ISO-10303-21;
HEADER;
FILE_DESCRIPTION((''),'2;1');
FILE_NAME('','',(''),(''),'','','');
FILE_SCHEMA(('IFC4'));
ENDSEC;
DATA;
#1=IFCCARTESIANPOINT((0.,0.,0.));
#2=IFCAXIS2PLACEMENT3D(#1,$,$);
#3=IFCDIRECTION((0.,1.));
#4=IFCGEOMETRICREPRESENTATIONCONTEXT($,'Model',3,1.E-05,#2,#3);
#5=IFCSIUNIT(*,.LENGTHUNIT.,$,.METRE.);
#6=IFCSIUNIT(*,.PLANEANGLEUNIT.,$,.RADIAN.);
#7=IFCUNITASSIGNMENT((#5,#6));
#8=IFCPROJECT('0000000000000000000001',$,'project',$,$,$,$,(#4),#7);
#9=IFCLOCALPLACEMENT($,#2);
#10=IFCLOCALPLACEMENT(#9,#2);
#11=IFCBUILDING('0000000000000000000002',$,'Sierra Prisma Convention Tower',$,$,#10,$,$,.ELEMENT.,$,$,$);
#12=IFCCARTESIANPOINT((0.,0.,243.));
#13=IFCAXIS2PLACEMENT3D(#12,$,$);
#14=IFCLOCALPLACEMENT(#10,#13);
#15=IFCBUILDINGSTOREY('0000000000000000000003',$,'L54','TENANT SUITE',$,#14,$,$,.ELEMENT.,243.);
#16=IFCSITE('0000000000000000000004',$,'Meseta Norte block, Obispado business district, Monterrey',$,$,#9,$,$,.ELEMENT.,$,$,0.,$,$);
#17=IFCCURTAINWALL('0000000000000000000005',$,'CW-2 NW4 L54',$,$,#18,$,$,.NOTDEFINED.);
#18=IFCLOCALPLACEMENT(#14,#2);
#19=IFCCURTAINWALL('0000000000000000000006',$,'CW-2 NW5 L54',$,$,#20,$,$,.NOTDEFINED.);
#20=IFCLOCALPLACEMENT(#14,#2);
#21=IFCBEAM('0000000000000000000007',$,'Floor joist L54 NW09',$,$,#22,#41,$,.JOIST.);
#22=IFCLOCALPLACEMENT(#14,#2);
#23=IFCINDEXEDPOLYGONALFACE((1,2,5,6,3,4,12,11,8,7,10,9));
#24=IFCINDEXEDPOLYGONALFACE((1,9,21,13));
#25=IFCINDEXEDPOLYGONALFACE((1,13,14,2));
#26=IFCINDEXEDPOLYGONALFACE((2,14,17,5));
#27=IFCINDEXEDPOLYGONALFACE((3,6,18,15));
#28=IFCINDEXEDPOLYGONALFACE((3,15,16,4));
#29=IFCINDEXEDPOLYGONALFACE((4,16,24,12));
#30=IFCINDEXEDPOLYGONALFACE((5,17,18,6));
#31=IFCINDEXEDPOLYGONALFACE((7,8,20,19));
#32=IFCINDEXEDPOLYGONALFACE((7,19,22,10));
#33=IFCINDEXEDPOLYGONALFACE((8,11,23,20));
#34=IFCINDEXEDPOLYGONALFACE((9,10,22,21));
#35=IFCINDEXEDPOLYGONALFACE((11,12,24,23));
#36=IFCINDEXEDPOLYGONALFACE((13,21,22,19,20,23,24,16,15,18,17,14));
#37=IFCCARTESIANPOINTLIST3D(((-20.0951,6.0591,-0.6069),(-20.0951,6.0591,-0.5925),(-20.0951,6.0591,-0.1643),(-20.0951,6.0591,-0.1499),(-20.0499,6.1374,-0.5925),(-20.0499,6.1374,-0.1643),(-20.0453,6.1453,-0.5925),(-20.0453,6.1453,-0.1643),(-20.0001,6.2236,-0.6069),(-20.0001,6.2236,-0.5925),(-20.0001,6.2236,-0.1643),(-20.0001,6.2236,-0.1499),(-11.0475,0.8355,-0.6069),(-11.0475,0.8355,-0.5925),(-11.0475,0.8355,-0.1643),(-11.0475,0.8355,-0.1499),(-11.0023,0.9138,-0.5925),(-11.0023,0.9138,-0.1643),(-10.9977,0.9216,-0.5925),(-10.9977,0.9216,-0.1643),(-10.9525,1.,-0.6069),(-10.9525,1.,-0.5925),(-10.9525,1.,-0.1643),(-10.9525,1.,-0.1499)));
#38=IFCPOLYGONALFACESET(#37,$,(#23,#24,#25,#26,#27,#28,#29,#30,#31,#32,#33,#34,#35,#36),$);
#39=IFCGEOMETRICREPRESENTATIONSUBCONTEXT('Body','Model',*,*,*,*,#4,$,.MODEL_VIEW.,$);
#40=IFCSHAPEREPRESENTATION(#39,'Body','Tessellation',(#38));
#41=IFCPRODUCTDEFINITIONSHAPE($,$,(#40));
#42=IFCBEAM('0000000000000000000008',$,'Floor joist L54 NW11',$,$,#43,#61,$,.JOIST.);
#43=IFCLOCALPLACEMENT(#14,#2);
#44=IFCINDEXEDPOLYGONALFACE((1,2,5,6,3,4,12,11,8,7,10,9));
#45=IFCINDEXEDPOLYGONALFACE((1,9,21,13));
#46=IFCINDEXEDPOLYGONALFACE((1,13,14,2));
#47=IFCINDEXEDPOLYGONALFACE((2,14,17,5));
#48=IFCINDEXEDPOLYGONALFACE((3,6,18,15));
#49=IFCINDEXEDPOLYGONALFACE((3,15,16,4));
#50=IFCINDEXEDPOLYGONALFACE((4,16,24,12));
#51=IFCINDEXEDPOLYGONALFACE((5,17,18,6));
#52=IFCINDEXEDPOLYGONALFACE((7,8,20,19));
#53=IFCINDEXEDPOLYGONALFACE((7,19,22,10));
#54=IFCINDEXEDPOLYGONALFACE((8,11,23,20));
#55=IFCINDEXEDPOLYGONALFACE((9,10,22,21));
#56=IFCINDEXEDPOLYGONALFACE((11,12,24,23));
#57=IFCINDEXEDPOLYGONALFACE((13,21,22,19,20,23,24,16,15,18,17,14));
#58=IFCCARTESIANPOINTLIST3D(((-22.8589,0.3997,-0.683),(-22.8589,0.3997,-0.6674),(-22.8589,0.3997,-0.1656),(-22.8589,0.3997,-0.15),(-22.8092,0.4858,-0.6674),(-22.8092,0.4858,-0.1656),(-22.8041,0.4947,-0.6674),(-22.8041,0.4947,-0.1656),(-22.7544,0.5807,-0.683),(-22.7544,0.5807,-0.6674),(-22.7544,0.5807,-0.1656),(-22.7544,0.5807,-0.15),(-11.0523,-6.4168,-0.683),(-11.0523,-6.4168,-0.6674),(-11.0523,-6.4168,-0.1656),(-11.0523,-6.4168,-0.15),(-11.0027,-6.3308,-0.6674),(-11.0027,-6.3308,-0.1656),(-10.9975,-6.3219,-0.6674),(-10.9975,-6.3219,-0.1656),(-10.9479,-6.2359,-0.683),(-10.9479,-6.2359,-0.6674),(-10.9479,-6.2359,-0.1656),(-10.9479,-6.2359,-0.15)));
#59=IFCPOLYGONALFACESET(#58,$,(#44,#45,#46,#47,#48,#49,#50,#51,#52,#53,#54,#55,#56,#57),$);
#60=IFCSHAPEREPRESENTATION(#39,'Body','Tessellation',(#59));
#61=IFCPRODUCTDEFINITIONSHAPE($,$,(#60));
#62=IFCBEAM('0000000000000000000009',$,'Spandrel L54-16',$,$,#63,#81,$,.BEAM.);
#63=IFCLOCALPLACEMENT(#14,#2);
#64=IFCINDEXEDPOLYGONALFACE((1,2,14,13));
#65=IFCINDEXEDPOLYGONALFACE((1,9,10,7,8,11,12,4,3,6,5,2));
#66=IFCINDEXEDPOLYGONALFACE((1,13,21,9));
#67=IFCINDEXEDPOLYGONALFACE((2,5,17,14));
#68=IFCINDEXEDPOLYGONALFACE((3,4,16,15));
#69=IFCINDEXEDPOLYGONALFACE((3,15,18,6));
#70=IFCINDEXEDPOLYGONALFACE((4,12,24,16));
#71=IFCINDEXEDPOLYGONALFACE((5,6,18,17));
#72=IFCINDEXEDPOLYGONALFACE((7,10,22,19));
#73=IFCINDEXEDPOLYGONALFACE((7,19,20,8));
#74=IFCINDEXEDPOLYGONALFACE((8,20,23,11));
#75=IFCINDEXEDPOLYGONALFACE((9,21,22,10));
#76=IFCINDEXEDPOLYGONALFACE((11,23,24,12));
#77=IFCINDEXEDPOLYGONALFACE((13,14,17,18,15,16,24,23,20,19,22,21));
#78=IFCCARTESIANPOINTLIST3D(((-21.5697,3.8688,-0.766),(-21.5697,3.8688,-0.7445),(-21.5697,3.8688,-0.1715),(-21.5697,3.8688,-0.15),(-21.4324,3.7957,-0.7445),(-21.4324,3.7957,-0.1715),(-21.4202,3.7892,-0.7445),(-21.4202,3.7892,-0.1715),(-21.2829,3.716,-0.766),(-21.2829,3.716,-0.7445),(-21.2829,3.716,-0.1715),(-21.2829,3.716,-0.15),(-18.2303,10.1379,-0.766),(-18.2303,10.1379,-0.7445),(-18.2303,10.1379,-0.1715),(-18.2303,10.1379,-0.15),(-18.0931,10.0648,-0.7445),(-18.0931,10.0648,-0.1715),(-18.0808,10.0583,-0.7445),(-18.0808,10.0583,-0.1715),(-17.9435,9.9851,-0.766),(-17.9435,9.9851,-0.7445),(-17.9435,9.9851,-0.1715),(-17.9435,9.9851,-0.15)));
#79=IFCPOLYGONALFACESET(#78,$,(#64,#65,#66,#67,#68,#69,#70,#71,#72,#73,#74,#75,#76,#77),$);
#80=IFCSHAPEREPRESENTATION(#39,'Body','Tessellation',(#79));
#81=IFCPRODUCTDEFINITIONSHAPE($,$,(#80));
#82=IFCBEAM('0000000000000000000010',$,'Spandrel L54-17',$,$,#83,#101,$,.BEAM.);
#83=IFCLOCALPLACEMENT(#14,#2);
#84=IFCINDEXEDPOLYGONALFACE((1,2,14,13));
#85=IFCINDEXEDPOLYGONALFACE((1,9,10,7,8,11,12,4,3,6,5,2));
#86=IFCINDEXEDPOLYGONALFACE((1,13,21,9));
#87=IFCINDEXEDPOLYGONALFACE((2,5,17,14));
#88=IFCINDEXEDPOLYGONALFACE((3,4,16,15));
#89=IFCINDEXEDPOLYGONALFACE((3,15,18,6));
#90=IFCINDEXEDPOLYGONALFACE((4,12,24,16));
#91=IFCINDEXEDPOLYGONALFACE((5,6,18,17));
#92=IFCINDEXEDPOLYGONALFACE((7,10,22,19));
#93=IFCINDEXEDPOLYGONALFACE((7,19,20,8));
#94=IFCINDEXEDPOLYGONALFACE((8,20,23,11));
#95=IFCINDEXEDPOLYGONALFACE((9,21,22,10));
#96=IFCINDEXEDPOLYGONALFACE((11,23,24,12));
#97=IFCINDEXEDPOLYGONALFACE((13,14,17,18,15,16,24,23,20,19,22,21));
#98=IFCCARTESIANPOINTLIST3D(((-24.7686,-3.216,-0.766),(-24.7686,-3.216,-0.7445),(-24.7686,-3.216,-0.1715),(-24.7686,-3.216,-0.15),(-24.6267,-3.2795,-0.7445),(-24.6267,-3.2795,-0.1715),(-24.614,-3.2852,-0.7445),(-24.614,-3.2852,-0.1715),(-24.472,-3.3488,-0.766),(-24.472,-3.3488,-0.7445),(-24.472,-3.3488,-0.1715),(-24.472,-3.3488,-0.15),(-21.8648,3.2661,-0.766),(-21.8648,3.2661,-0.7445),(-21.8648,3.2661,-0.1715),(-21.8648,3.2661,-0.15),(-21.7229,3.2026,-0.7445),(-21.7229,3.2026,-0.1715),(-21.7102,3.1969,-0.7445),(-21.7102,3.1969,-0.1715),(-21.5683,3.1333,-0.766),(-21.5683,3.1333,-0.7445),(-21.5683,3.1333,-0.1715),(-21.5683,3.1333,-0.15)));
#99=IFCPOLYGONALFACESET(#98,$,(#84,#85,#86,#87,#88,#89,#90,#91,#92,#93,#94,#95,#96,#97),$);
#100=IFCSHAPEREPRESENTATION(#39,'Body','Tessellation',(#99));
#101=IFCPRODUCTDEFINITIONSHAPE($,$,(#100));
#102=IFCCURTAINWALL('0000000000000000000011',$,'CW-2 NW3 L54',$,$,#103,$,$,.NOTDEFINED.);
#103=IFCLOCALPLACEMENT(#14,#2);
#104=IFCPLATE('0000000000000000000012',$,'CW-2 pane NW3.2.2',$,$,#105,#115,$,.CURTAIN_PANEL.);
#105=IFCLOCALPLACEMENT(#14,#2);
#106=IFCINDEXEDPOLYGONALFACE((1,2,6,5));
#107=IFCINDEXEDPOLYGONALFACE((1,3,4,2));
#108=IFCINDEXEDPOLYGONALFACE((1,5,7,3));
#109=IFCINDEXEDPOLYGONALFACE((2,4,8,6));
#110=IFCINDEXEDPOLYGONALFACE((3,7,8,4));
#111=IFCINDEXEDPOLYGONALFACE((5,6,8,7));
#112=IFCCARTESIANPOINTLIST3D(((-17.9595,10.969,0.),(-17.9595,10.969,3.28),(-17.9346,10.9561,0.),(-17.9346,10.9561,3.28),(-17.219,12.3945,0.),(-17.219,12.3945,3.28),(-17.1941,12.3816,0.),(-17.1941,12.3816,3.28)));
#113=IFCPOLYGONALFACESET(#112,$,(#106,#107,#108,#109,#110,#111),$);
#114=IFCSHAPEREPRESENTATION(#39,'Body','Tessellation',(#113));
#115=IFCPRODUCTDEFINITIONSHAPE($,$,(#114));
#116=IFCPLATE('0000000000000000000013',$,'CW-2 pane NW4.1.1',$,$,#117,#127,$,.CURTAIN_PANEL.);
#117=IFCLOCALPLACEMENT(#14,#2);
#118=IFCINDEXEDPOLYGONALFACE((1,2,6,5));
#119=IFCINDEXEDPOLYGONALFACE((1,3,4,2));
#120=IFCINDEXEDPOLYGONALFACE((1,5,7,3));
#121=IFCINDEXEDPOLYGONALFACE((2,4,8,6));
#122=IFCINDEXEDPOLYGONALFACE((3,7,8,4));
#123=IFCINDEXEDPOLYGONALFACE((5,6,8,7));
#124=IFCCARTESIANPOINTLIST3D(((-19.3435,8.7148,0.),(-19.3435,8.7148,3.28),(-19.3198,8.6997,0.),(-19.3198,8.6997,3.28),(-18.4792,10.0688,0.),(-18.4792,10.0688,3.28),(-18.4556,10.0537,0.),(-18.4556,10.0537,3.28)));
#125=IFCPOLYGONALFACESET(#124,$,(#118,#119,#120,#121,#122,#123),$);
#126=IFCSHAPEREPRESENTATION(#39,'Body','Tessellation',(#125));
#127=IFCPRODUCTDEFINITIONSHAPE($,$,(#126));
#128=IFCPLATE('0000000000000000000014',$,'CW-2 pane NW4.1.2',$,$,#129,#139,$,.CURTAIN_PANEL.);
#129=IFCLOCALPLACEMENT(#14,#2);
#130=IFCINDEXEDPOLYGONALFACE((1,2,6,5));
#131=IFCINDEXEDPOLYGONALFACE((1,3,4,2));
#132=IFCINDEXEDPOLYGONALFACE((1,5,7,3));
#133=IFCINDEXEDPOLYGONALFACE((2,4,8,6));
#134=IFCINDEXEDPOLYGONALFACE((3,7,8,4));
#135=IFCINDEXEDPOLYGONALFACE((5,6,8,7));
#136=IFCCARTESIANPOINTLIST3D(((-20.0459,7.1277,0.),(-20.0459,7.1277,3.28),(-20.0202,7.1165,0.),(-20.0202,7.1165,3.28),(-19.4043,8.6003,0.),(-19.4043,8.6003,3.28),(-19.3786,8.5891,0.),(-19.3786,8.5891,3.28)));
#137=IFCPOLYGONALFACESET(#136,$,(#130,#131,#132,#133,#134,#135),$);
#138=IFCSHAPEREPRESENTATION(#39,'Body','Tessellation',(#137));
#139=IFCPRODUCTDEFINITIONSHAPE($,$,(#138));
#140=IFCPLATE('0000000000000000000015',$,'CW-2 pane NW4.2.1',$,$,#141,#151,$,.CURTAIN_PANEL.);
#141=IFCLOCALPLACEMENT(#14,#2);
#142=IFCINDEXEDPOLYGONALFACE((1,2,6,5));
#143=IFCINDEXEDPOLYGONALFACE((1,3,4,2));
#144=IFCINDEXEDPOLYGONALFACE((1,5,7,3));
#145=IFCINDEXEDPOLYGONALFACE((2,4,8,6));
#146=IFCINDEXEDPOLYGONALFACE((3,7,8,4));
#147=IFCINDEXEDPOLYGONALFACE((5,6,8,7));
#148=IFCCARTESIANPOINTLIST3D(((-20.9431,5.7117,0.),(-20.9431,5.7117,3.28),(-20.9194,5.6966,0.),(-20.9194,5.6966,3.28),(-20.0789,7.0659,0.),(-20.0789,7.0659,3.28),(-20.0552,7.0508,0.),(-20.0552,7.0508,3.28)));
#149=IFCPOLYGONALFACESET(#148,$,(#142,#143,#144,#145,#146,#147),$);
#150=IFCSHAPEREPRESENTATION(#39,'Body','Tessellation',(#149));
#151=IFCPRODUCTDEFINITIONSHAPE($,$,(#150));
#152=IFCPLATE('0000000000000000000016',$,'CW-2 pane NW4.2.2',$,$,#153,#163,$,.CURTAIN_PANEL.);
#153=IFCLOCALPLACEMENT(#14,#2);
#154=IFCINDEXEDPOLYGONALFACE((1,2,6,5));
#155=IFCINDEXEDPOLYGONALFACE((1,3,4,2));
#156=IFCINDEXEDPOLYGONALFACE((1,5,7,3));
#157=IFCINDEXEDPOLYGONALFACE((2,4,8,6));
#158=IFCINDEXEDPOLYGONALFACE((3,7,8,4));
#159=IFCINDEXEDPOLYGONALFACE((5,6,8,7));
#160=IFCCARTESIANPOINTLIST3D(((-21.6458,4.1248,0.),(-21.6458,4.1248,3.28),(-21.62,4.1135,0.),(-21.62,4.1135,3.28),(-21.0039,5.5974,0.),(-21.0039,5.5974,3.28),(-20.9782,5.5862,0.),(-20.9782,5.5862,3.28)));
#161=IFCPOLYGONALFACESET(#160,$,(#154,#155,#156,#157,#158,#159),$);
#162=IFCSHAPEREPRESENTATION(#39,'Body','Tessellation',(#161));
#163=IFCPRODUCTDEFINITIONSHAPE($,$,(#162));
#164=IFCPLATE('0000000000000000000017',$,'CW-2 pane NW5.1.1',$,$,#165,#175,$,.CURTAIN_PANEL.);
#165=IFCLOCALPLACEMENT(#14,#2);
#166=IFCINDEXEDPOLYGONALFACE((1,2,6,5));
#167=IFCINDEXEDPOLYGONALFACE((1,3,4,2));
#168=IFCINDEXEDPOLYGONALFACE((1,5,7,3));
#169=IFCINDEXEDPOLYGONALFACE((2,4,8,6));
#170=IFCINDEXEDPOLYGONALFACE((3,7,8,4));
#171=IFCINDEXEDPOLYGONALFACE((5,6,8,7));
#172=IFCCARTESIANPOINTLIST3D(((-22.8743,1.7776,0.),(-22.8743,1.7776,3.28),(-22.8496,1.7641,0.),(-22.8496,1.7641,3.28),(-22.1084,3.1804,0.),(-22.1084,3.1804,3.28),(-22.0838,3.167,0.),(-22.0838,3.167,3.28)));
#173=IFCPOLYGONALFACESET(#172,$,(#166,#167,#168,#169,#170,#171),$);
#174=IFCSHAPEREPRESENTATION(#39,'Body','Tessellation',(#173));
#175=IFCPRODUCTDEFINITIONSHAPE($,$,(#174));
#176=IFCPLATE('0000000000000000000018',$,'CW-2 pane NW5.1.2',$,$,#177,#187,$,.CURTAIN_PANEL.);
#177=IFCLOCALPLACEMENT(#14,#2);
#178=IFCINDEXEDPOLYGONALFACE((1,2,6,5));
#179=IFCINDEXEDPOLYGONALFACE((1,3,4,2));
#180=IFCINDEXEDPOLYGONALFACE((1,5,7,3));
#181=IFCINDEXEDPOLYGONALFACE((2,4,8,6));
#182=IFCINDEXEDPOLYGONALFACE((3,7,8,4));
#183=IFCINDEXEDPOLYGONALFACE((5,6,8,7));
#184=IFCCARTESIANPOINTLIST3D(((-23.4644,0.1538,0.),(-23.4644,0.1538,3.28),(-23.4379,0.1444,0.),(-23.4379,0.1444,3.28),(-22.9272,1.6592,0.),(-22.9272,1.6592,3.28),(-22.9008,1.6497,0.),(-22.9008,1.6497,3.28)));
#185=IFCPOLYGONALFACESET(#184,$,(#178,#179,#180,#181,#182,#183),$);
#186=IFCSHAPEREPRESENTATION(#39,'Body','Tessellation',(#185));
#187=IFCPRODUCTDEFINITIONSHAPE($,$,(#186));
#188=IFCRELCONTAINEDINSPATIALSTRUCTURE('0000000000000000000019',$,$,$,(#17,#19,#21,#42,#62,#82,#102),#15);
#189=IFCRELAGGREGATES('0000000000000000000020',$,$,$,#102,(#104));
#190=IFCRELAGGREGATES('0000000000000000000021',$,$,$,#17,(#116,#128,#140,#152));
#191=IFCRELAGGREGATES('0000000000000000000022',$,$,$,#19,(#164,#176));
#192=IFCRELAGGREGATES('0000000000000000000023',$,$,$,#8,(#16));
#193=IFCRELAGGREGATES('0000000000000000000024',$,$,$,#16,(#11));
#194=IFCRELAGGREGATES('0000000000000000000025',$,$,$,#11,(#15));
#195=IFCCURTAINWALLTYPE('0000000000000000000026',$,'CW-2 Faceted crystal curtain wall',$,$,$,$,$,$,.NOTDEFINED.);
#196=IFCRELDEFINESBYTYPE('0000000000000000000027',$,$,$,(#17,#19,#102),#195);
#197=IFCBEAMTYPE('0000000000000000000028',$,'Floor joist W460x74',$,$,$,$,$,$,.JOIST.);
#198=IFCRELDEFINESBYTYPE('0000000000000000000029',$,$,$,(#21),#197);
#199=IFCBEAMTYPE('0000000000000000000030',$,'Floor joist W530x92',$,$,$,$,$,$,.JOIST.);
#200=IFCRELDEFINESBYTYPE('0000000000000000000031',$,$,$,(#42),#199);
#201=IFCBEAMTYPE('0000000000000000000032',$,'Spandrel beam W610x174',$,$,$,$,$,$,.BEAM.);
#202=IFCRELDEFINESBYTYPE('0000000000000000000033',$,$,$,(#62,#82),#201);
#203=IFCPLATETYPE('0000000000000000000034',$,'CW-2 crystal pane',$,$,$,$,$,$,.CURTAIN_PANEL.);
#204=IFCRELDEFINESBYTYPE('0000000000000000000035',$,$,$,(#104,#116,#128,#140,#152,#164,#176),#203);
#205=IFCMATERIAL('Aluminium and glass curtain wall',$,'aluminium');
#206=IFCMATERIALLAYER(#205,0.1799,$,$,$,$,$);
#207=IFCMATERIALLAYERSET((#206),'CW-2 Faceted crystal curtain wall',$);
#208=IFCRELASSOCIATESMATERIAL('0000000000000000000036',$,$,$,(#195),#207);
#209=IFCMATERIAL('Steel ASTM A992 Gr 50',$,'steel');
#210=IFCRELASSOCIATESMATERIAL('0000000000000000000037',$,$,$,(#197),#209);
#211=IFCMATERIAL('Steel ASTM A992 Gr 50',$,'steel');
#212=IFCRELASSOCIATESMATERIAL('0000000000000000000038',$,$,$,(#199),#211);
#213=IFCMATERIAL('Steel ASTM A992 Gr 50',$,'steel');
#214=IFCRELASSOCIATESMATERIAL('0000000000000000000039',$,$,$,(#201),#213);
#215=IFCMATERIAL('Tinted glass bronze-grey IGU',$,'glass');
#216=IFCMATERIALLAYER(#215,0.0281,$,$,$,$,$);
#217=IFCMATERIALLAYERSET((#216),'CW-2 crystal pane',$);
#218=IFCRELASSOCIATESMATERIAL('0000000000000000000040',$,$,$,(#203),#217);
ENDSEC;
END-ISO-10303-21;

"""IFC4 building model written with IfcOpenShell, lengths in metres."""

from ifc_helpers import new_model, si_unit, direction, frame, origin, origin_2d, place, context, subcontext, project, spatial, polyline, i_section, outline, extrude, material, layer, layer_set, material_profile, profile_set, type_object, element, aggregate, save


model = new_model("IFC4")

# Units and contexts
model_context = context("Model", 3, precision=1e-05, world=origin(), true_north=direction((0.0, 1.0)))
body_context = subcontext(model_context, "Body", "Model", "MODEL_VIEW")
ifc_project = project(units=[si_unit("LENGTHUNIT", "METRE"), si_unit("PLANEANGLEUNIT", "RADIAN")], contexts=[model_context])

# Site, building, storey
site_placement = place(None, origin())
site = spatial("IfcSite", under=ifc_project, at=site_placement, Name="Meseta Norte block, Obispado business district, Monterrey", CompositionType="ELEMENT", RefElevation=0.0)
building_placement = place(site_placement, origin())
building = spatial("IfcBuilding", under=site, at=building_placement, Name="Sierra Prisma Convention Tower", CompositionType="ELEMENT")
storey_placement = place(building_placement, frame((0.0, 0.0, 243.0)))
storey = spatial("IfcBuildingStorey", under=building, at=storey_placement, Name="L54", Description="TENANT SUITE", CompositionType="ELEMENT", Elevation=243.0)

# Curtain walls
ifc_material_1 = material(Name="Aluminium and glass curtain wall", Category="aluminium")
ifc_layer_1 = layer(ifc_material_1, 0.1799)
ifc_layer_set_1 = layer_set([ifc_layer_1], Name="CW-2 Faceted crystal curtain wall")
curtain_wall_type = type_object("IfcCurtainWallType", Name="CW-2 Faceted crystal curtain wall", PredefinedType="NOTDEFINED", material=ifc_layer_set_1)
curtain_wall_1_placement = place(storey_placement, origin())
curtain_wall_1 = element("IfcCurtainWall", 1, at=curtain_wall_1_placement, inside=storey, type_object=curtain_wall_type, Name="CW-2 NW4 L54", PredefinedType="NOTDEFINED")
curtain_wall_2_placement = place(storey_placement, origin())
curtain_wall_2 = element("IfcCurtainWall", 2, at=curtain_wall_2_placement, inside=storey, type_object=curtain_wall_type, Name="CW-2 NW5 L54", PredefinedType="NOTDEFINED")

# Beams
ifc_material_2 = material(Name="Steel ASTM A992 Gr 50", Category="steel")
ifc_material_profile_1 = material_profile(ifc_material_2, i_section(OverallWidth=0.1899, OverallDepth=0.457, WebThickness=0.009, FlangeThickness=0.0144, at=origin_2d()), Name="W460x74")
ifc_profile_set_1 = profile_set([ifc_material_profile_1], Name="Steel ASTM A992 Gr 50")
beam_type_1 = type_object("IfcBeamType", Name="Floor joist W460x74", PredefinedType="JOIST", material=ifc_profile_set_1)
beam_1_placement = place(storey_placement, frame((-20.0476, 6.1414, -0.3784), z_axis=(0.866026, -0.5, 0.0), x_axis=(0.5, 0.866026, 0.0)))
element("IfcBeam", 3, at=beam_1_placement, inside=storey, type_object=beam_type_1, Name="Floor joist L54 NW09", PredefinedType="JOIST", context=body_context, shape_type="SweptSolid", body=[
    extrude(i_section(OverallWidth=0.1899, OverallDepth=0.457, WebThickness=0.009, FlangeThickness=0.0144, at=origin_2d()), origin(), (0.0, 0.0, 1.0), 10.4473),
])
ifc_material_3 = material(Name="Steel ASTM A992 Gr 50", Category="steel")
ifc_material_profile_2 = material_profile(ifc_material_3, i_section(OverallWidth=0.209, OverallDepth=0.533, WebThickness=0.0103, FlangeThickness=0.0156, at=origin_2d()), Name="W530x92")
ifc_profile_set_2 = profile_set([ifc_material_profile_2], Name="Steel ASTM A992 Gr 50")
beam_type_2 = type_object("IfcBeamType", Name="Floor joist W530x92", PredefinedType="JOIST", material=ifc_profile_set_2)
beam_2_placement = place(storey_placement, frame((-22.8066, 0.4902, -0.4165), z_axis=(0.866023, -0.500005, 0.0), x_axis=(0.500005, 0.866023, 0.0)))
element("IfcBeam", 4, at=beam_2_placement, inside=storey, type_object=beam_type_2, Name="Floor joist L54 NW11", PredefinedType="JOIST", context=body_context, shape_type="SweptSolid", body=[
    extrude(i_section(OverallWidth=0.209, OverallDepth=0.533, WebThickness=0.0103, FlangeThickness=0.0156, at=origin_2d()), origin(), (0.0, 0.0, 1.0), 13.6331),
])
ifc_material_4 = material(Name="Steel ASTM A992 Gr 50", Category="steel")
ifc_material_profile_3 = material_profile(ifc_material_4, i_section(OverallWidth=0.325, OverallDepth=0.616, WebThickness=0.0139, FlangeThickness=0.0215, at=origin_2d()), Name="W610x174")
ifc_profile_set_3 = profile_set([ifc_material_profile_3], Name="Steel ASTM A992 Gr 50")
beam_type_3 = type_object("IfcBeamType", Name="Spandrel beam W610x174", PredefinedType="BEAM", material=ifc_profile_set_3)
beam_3_placement = place(storey_placement, frame((-18.0869, 10.0615, -0.458), z_axis=(-0.470135, -0.882594, 0.0), x_axis=(0.882594, -0.470135, 0.0)))
element("IfcBeam", 5, at=beam_3_placement, inside=storey, type_object=beam_type_3, Name="Spandrel L54-16", PredefinedType="BEAM", context=body_context, shape_type="SweptSolid", body=[
    extrude(i_section(OverallWidth=0.325, OverallDepth=0.616, WebThickness=0.0139, FlangeThickness=0.0215, at=origin_2d()), origin(), (0.0, 0.0, 1.0), 7.103),
])
beam_4_placement = place(storey_placement, frame((-21.7166, 3.1997, -0.458), z_axis=(-0.408822, -0.912614, 0.0), x_axis=(0.912614, -0.408822, 0.0)))
element("IfcBeam", 6, at=beam_4_placement, inside=storey, type_object=beam_type_3, Name="Spandrel L54-17", PredefinedType="BEAM", context=body_context, shape_type="SweptSolid", body=[
    extrude(i_section(OverallWidth=0.325, OverallDepth=0.616, WebThickness=0.0139, FlangeThickness=0.0215, at=origin_2d()), origin(), (0.0, 0.0, 1.0), 7.1028),
])

# Curtain wall, plate
curtain_wall_3_placement = place(storey_placement, origin())
curtain_wall_3 = element("IfcCurtainWall", 7, at=curtain_wall_3_placement, inside=storey, type_object=curtain_wall_type, Name="CW-2 NW3 L54", PredefinedType="NOTDEFINED")
ifc_material_5 = material(Name="Tinted glass bronze-grey IGU", Category="glass")
ifc_layer_2 = layer(ifc_material_5, 0.0281)
ifc_layer_set_2 = layer_set([ifc_layer_2], Name="CW-2 crystal pane")
plate_type = type_object("IfcPlateType", Name="CW-2 crystal pane", PredefinedType="CURTAIN_PANEL", material=ifc_layer_set_2)
plate_1_placement = place(storey_placement, frame((-17.9595, 10.969, 0.0), z_axis=(-0.887421, 0.46096, 0.0), x_axis=(0.46096, 0.887421, 0.0)))
plate_1 = element("IfcPlate", 8, at=plate_1_placement, type_object=plate_type, Name="CW-2 pane NW3.2.2", PredefinedType="CURTAIN_PANEL", context=body_context, shape_type="SweptSolid", body=[
    extrude(outline(polyline([(0.0, 0.0), (1.6064, 0.0), (1.6064, -3.28), (0.0, -3.28), (0.0, 0.0)])), origin(), (0.0, 0.0, -1.0), 0.0281),
])
aggregate(curtain_wall_3, [plate_1])

# Plates
plate_2_placement = place(storey_placement, frame((-18.4792, 10.0688, 0.0), z_axis=(-0.842922, 0.538035, 0.0), x_axis=(-0.538035, -0.842922, 0.0)))
plate_2 = element("IfcPlate", 9, at=plate_2_placement, type_object=plate_type, Name="CW-2 pane NW4.1.1", PredefinedType="CURTAIN_PANEL", context=body_context, shape_type="SweptSolid", body=[
    extrude(outline(polyline([(0.0, 0.0), (1.6063, 0.0), (1.6063, 3.28), (0.0, 3.28), (0.0, 0.0)])), origin(), (0.0, 0.0, -1.0), 0.0281),
])
plate_3_placement = place(storey_placement, frame((-20.0459, 7.1277, 0.0), z_axis=(-0.91677, 0.399415, 0.0), x_axis=(0.399415, 0.91677, 0.0)))
plate_3 = element("IfcPlate", 10, at=plate_3_placement, type_object=plate_type, Name="CW-2 pane NW4.1.2", PredefinedType="CURTAIN_PANEL", context=body_context, shape_type="SweptSolid", body=[
    extrude(outline(polyline([(0.0, 0.0), (1.6064, 0.0), (1.6064, -3.28), (0.0, -3.28), (0.0, 0.0)])), origin(), (0.0, 0.0, -1.0), 0.0281),
])
plate_4_placement = place(storey_placement, frame((-20.0789, 7.0659, 0.0), z_axis=(-0.842966, 0.537967, 0.0), x_axis=(-0.537967, -0.842966, 0.0)))
plate_4 = element("IfcPlate", 11, at=plate_4_placement, type_object=plate_type, Name="CW-2 pane NW4.2.1", PredefinedType="CURTAIN_PANEL", context=body_context, shape_type="SweptSolid", body=[
    extrude(outline(polyline([(0.0, 0.0), (1.6065, 0.0), (1.6065, 3.28), (0.0, 3.28), (0.0, 0.0)])), origin(), (0.0, 0.0, -1.0), 0.0281),
])
plate_5_placement = place(storey_placement, frame((-21.6458, 4.1248, 0.0), z_axis=(-0.916715, 0.399543, 0.0), x_axis=(0.399543, 0.916715, 0.0)))
plate_5 = element("IfcPlate", 12, at=plate_5_placement, type_object=plate_type, Name="CW-2 pane NW4.2.2", PredefinedType="CURTAIN_PANEL", context=body_context, shape_type="SweptSolid", body=[
    extrude(outline(polyline([(0.0, 0.0), (1.6065, 0.0), (1.6065, -3.28), (0.0, -3.28), (0.0, 0.0)])), origin(), (0.0, 0.0, -1.0), 0.0281),
])
aggregate(curtain_wall_1, [plate_2, plate_3, plate_4, plate_5])
plate_6_placement = place(storey_placement, frame((-22.1084, 3.1804, 0.0), z_axis=(-0.877715, 0.479184, 0.0), x_axis=(-0.479184, -0.877715, 0.0)))
plate_6 = element("IfcPlate", 13, at=plate_6_placement, type_object=plate_type, Name="CW-2 pane NW5.1.1", PredefinedType="CURTAIN_PANEL", context=body_context, shape_type="SweptSolid", body=[
    extrude(outline(polyline([(0.0, 0.0), (1.5983, 0.0), (1.5983, 3.28), (0.0, 3.28), (0.0, 0.0)])), origin(), (0.0, 0.0, -1.0), 0.0281),
])
plate_7_placement = place(storey_placement, frame((-23.4644, 0.1538, 0.0), z_axis=(-0.941846, 0.336046, 0.0), x_axis=(0.336046, 0.941846, 0.0)))
plate_7 = element("IfcPlate", 14, at=plate_7_placement, type_object=plate_type, Name="CW-2 pane NW5.1.2", PredefinedType="CURTAIN_PANEL", context=body_context, shape_type="SweptSolid", body=[
    extrude(outline(polyline([(0.0, 0.0), (1.5983, 0.0), (1.5983, -3.28), (0.0, -3.28), (0.0, 0.0)])), origin(), (0.0, 0.0, -1.0), 0.0281),
])
aggregate(curtain_wall_2, [plate_6, plate_7])

save(model, "model.ifc")
